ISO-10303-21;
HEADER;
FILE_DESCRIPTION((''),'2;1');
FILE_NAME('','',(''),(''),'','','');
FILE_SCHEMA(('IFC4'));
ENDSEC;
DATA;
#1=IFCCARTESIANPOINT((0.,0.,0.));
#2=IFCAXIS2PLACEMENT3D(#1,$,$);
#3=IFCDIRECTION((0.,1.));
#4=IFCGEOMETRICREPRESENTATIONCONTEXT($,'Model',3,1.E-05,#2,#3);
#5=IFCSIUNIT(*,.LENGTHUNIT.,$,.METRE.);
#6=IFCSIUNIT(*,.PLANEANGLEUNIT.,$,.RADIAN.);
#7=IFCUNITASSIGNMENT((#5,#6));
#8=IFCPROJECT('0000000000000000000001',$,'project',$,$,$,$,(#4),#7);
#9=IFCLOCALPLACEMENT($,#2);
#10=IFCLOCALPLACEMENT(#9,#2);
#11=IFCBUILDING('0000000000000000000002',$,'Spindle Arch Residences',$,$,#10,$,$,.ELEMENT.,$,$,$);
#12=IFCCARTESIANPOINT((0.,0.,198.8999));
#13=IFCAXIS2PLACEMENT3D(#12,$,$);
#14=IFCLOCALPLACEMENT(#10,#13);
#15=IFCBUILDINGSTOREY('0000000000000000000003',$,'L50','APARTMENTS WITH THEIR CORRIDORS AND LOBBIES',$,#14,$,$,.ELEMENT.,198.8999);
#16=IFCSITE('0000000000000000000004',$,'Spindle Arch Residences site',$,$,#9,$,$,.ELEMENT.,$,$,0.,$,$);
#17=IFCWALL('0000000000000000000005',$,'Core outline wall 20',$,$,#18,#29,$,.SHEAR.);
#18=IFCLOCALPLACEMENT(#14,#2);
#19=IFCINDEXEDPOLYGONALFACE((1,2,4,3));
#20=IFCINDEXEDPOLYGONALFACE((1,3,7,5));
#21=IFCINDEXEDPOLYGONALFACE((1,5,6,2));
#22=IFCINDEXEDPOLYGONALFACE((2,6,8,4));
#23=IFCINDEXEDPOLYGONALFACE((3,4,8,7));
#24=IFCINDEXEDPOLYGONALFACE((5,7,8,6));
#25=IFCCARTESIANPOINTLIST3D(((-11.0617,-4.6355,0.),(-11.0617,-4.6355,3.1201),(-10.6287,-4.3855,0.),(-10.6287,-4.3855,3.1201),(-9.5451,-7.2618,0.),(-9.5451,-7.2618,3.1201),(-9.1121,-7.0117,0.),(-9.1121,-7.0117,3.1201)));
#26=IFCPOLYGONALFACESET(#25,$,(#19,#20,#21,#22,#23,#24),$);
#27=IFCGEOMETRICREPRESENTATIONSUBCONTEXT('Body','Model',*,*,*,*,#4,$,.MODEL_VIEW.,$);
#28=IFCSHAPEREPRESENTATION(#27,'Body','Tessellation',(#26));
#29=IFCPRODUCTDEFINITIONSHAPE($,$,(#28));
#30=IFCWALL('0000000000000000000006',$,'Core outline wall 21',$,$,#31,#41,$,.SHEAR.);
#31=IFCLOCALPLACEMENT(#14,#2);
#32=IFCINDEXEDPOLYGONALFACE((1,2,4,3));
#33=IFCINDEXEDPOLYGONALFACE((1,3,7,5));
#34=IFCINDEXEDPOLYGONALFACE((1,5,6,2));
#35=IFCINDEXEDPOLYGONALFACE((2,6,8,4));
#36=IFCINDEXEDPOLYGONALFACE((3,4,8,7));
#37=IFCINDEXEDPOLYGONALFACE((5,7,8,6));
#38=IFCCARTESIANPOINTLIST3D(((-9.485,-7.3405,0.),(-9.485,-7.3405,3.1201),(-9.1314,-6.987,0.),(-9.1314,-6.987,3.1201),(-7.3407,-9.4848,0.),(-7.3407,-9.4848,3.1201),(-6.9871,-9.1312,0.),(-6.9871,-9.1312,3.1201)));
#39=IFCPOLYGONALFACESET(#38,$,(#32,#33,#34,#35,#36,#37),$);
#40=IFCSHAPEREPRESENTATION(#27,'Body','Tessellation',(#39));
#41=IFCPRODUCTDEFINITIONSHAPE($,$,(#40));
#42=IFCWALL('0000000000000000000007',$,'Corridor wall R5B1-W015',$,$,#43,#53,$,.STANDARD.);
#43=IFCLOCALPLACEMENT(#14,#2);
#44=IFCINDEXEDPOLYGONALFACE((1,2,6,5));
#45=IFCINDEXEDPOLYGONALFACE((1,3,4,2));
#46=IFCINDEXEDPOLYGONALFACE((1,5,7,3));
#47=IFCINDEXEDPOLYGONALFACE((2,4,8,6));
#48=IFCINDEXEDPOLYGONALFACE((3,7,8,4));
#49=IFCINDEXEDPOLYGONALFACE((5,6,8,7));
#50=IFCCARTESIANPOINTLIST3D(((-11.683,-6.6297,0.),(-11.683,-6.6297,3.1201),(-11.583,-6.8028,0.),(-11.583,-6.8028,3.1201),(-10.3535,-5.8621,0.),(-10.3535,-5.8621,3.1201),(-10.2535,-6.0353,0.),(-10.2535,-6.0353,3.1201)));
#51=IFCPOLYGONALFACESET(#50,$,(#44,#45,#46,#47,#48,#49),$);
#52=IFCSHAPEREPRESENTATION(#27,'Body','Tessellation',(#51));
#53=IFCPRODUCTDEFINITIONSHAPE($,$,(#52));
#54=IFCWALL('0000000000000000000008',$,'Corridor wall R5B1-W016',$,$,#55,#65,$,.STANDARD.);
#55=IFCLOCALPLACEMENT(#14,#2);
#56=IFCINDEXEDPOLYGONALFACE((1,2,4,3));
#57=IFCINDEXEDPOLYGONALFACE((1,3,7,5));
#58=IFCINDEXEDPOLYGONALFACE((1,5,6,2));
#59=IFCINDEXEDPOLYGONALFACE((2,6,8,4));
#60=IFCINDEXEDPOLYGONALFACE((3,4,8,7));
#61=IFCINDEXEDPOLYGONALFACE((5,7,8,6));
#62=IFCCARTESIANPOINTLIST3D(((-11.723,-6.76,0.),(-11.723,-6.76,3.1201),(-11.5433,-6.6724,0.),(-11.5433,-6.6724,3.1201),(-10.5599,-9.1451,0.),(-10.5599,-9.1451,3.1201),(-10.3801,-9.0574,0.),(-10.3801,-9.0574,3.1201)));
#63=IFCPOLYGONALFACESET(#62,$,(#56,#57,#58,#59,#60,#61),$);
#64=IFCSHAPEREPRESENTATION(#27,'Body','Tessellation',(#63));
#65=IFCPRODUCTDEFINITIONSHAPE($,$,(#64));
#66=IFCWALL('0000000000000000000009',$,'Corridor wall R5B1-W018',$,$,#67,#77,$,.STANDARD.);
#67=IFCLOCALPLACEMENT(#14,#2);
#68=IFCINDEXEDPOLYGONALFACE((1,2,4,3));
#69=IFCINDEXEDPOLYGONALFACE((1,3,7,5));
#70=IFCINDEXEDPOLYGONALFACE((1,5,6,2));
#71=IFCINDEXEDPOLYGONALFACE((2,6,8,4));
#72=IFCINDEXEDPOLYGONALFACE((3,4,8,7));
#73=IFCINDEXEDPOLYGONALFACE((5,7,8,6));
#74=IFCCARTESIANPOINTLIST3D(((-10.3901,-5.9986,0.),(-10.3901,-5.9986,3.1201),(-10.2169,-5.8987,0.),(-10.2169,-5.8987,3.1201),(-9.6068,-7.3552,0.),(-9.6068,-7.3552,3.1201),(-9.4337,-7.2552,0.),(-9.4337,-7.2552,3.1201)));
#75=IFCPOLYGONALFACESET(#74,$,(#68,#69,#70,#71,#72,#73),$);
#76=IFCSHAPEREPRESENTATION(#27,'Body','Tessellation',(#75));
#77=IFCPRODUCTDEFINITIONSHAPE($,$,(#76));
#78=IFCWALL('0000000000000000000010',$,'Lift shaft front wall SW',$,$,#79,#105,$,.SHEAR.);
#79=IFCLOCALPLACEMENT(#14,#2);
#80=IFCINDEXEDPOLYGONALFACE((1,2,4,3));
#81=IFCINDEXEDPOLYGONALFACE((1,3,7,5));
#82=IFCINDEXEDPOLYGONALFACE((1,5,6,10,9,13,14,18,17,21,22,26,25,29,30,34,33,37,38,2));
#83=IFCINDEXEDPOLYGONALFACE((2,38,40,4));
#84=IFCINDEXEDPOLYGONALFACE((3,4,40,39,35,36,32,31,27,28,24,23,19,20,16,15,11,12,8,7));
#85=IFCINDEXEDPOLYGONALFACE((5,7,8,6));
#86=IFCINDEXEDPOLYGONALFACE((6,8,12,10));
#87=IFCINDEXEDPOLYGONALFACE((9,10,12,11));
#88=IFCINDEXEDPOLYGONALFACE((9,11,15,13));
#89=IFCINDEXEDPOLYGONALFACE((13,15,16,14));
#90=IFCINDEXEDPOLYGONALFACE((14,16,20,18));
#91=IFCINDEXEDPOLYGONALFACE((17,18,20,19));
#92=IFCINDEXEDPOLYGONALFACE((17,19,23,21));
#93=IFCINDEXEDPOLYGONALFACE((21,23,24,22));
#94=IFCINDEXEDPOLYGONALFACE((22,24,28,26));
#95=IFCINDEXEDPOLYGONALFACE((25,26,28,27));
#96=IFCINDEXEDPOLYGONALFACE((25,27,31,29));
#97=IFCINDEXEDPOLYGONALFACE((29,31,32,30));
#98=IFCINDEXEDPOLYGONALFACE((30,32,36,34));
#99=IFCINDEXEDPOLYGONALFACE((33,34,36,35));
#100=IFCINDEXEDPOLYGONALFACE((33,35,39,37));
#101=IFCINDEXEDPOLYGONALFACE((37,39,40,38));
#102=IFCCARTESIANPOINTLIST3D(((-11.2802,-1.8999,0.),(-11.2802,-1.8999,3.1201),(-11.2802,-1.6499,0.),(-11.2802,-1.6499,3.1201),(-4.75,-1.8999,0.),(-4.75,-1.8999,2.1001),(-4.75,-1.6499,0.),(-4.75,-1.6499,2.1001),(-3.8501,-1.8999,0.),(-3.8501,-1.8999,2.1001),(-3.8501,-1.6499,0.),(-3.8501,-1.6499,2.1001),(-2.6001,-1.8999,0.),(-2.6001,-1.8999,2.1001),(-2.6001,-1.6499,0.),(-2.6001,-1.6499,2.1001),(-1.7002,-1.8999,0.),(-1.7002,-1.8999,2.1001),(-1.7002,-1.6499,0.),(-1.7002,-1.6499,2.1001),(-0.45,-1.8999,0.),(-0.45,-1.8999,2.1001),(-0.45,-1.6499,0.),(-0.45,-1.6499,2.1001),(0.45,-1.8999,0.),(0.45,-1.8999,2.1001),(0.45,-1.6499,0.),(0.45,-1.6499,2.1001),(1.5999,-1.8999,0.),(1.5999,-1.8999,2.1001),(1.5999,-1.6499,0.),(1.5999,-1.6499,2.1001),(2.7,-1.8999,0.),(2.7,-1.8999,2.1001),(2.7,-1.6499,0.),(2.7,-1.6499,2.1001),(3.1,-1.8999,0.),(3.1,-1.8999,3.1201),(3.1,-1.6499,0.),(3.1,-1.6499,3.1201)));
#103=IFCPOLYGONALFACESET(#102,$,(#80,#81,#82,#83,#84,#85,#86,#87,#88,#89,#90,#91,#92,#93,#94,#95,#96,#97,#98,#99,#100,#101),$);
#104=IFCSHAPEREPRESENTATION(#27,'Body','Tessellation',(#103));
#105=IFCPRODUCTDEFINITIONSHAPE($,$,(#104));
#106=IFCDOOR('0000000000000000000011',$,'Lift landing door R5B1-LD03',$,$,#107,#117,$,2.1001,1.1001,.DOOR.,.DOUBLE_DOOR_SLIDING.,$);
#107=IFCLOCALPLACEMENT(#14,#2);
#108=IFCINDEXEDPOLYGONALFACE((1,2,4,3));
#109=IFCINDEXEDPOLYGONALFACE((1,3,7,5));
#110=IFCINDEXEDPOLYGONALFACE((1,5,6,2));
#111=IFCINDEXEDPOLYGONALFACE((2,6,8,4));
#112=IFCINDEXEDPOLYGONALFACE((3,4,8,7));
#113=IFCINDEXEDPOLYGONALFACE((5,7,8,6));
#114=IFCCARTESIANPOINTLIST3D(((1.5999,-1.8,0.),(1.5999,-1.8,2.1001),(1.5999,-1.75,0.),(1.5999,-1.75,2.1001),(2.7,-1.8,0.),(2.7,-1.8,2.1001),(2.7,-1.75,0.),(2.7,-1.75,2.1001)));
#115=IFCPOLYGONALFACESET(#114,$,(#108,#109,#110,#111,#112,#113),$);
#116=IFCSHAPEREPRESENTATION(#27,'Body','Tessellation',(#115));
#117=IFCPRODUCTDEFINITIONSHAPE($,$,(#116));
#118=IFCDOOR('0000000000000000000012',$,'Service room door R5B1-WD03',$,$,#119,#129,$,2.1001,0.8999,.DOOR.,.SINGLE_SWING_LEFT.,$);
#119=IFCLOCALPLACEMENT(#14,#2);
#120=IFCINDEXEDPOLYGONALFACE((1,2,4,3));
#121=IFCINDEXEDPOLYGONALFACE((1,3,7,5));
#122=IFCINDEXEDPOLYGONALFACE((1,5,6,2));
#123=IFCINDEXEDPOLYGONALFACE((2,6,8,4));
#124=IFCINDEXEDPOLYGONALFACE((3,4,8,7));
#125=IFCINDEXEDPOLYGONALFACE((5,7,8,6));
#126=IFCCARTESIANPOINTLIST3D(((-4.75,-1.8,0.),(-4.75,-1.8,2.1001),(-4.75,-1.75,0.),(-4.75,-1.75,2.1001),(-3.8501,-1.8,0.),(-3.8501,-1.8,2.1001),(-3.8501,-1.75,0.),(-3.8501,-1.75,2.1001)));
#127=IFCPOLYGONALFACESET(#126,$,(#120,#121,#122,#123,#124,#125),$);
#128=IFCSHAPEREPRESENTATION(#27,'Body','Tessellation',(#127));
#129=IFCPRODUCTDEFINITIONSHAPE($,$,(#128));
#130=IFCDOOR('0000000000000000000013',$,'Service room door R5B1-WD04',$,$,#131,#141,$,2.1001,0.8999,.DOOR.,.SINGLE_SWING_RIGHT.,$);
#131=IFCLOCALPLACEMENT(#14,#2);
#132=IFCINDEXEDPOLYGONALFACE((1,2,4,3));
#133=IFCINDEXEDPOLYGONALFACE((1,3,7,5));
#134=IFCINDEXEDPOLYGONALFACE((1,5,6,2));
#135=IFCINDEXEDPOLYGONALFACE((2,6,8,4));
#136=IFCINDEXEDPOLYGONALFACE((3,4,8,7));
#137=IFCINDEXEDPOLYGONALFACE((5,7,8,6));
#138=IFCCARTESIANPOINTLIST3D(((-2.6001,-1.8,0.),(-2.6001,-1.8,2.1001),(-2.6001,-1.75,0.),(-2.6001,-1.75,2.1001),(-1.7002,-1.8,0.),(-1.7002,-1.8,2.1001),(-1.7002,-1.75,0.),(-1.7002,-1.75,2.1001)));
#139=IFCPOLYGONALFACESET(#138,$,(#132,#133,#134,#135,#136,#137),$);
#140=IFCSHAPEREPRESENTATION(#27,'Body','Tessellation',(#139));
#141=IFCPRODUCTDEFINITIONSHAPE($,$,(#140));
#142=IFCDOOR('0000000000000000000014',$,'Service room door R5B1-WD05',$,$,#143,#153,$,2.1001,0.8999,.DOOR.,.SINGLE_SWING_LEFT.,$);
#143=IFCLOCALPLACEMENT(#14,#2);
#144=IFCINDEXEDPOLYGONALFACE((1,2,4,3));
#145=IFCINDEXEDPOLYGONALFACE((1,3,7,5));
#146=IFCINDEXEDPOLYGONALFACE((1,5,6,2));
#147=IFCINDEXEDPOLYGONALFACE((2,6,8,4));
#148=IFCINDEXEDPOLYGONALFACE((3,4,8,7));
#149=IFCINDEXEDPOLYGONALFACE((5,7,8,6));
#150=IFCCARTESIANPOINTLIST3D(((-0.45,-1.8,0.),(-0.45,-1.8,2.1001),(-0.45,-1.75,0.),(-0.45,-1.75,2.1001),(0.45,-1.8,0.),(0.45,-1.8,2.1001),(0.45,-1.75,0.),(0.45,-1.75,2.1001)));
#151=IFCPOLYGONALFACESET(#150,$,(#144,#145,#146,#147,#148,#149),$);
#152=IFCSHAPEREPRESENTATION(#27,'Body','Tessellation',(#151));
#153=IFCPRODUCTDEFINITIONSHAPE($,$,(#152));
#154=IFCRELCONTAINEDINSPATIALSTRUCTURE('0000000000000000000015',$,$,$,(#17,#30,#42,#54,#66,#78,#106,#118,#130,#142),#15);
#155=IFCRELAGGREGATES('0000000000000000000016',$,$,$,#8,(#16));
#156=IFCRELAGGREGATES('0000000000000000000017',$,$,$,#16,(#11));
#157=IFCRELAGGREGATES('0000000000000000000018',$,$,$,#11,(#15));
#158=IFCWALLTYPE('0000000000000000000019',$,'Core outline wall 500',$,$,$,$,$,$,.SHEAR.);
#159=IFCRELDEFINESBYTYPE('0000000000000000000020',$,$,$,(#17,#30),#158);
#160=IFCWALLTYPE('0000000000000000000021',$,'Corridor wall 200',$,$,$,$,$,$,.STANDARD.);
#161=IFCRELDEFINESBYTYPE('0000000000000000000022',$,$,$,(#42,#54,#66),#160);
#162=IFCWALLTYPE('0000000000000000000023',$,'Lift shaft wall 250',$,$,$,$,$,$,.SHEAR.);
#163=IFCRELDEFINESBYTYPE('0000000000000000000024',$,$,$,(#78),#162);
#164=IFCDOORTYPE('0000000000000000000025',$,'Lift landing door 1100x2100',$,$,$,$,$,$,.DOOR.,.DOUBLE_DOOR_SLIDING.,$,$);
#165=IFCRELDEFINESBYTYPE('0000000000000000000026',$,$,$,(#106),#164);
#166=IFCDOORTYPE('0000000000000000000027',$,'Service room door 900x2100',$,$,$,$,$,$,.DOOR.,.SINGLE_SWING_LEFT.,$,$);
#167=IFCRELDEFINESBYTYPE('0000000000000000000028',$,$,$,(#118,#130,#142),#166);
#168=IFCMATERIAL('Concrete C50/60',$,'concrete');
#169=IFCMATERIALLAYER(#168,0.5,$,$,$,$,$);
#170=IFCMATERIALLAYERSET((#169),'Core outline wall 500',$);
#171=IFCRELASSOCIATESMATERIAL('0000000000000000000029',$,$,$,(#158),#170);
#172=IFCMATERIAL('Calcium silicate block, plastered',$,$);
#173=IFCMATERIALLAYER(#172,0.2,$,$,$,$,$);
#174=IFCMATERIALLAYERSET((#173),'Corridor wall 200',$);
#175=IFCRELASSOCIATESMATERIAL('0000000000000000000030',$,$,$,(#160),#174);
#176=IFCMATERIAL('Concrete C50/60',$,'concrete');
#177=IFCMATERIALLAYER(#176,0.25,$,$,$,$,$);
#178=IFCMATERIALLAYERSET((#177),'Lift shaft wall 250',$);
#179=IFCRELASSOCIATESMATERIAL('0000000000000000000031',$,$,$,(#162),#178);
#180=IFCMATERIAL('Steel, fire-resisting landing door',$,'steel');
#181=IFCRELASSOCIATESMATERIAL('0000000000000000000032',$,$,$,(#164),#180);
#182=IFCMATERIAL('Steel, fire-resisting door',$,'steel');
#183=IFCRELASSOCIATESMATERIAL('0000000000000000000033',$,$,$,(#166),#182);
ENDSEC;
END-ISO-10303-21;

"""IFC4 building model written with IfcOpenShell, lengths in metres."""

from ifc_helpers import new_model, si_unit, direction, frame, frame_2d, origin, place, context, subcontext, project, spatial, rectangle, extrude, material, layer, layer_set, type_object, element, fill, save


model = new_model("IFC4")

# Units and contexts
model_context = context("Model", 3, precision=1e-05, world=origin(), true_north=direction((0.0, 1.0)))
body_context = subcontext(model_context, "Body", "Model", "MODEL_VIEW")
ifc_project = project(units=[si_unit("LENGTHUNIT", "METRE"), si_unit("PLANEANGLEUNIT", "RADIAN")], contexts=[model_context])

# Site, building, storey
site_placement = place(None, origin())
site = spatial("IfcSite", under=ifc_project, at=site_placement, Name="Spindle Arch Residences site", CompositionType="ELEMENT", RefElevation=0.0)
building_placement = place(site_placement, origin())
building = spatial("IfcBuilding", under=site, at=building_placement, Name="Spindle Arch Residences", CompositionType="ELEMENT")
storey_placement = place(building_placement, frame((0.0, 0.0, 198.8999)))
storey = spatial("IfcBuildingStorey", under=building, at=storey_placement, Name="L50", Description="APARTMENTS WITH THEIR CORRIDORS AND LOBBIES", CompositionType="ELEMENT", Elevation=198.8999)

# Walls
ifc_material_1 = material(Name="Concrete C50/60", Category="concrete")
ifc_layer_1 = layer(ifc_material_1, 0.5)
ifc_layer_set_1 = layer_set([ifc_layer_1], Name="Core outline wall 500")
wall_type_1 = type_object("IfcWallType", Name="Core outline wall 500", PredefinedType="SHEAR", material=ifc_layer_set_1)
wall_1_placement = place(storey_placement, frame((-10.8452, -4.5105, 0.0), z_axis=(0.0, 0.0, 1.0), x_axis=(0.500087, -0.865975, 0.0)))
element("IfcWall", 1, at=wall_1_placement, inside=storey, type_object=wall_type_1, Name="Core outline wall 20", PredefinedType="SHEAR", context=body_context, shape_type="SweptSolid", body=[
    extrude(rectangle(XDim=3.0327, YDim=0.5, at=frame_2d((1.5164, 0.0))), origin(), (0.0, 0.0, 1.0), 3.1201),
])
wall_2_placement = place(storey_placement, frame((-9.3081, -7.1638, 0.0), z_axis=(0.0, 0.0, 1.0), x_axis=(0.707107, -0.707107, 0.0)))
element("IfcWall", 2, at=wall_2_placement, inside=storey, type_object=wall_type_1, Name="Core outline wall 21", PredefinedType="SHEAR", context=body_context, shape_type="SweptSolid", body=[
    extrude(rectangle(XDim=3.0325, YDim=0.5, at=frame_2d((1.5161, 0.0))), origin(), (0.0, 0.0, 1.0), 3.1201),
])
ifc_material_2 = material(Name="Calcium silicate block, plastered")
ifc_layer_2 = layer(ifc_material_2, 0.2)
ifc_layer_set_2 = layer_set([ifc_layer_2], Name="Corridor wall 200")
wall_type_2 = type_object("IfcWallType", Name="Corridor wall 200", PredefinedType="STANDARD", material=ifc_layer_set_2)
wall_3_placement = place(storey_placement, frame((-10.3035, -5.9487, 0.0), z_axis=(0.0, 0.0, 1.0), x_axis=(-0.866043, -0.49997, 0.0)))
element("IfcWall", 3, at=wall_3_placement, inside=storey, type_object=wall_type_2, Name="Corridor wall R5B1-W015", PredefinedType="STANDARD", context=body_context, shape_type="SweptSolid", body=[
    extrude(rectangle(XDim=1.5352, YDim=0.2, at=frame_2d((0.7676, 0.0))), origin(), (0.0, 0.0, 1.0), 3.1201),
])
wall_4_placement = place(storey_placement, frame((-11.6331, -6.7163, 0.0), z_axis=(0.0, 0.0, 1.0), x_axis=(0.438322, -0.898818, 0.0)))
element("IfcWall", 4, at=wall_4_placement, inside=storey, type_object=wall_type_2, Name="Corridor wall R5B1-W016", PredefinedType="STANDARD", context=body_context, shape_type="SweptSolid", body=[
    extrude(rectangle(XDim=2.6536, YDim=0.2, at=frame_2d((1.3267, 0.0))), origin(), (0.0, 0.0, 1.0), 3.1201),
])
wall_5_placement = place(storey_placement, frame((-9.5203, -7.3052, 0.0), z_axis=(0.0, 0.0, 1.0), x_axis=(-0.500028, 0.866009, 0.0)))
element("IfcWall", 5, at=wall_5_placement, inside=storey, type_object=wall_type_2, Name="Corridor wall R5B1-W018", PredefinedType="STANDARD", context=body_context, shape_type="SweptSolid", body=[
    extrude(rectangle(XDim=1.5664, YDim=0.2, at=frame_2d((0.7832, 0.0))), origin(), (0.0, 0.0, 1.0), 3.1201),
])

# Wall, openings, doors
ifc_material_3 = material(Name="Concrete C50/60", Category="concrete")
ifc_layer_3 = layer(ifc_material_3, 0.25)
ifc_layer_set_3 = layer_set([ifc_layer_3], Name="Lift shaft wall 250")
wall_type_3 = type_object("IfcWallType", Name="Lift shaft wall 250", PredefinedType="SHEAR", material=ifc_layer_set_3)
wall_6_placement = place(storey_placement, frame((-11.28, -1.7749, 0.0), z_axis=(0.0, 0.0, 1.0), x_axis=(1.0, 0.0, 0.0)))
wall_6 = element("IfcWall", 6, at=wall_6_placement, inside=storey, type_object=wall_type_3, Name="Lift shaft front wall SW", PredefinedType="SHEAR", context=body_context, shape_type="SweptSolid", body=[
    extrude(rectangle(XDim=14.3801, YDim=0.25, at=frame_2d((7.1899, 0.0))), origin(), (0.0, 0.0, 1.0), 3.1201),
])
opening_1_placement = place(wall_6_placement, frame((12.8799, 0.0, 0.0)))
opening_1 = element("IfcOpeningElement", 7, at=opening_1_placement, cuts=wall_6, PredefinedType="OPENING", context=body_context, shape_type="SweptSolid", body=[
    extrude(rectangle(XDim=1.1001, YDim=2.1001, at=frame_2d((0.55, 1.05))), frame((0.0, 0.135, 0.0), z_axis=(0.0, -1.0, 0.0), x_axis=(1.0, 0.0, 0.0)), (0.0, 0.0, 1.0), 0.27),
])
opening_2_placement = place(wall_6_placement, frame((6.53, 0.0, 0.0)))
opening_2 = element("IfcOpeningElement", 8, at=opening_2_placement, cuts=wall_6, PredefinedType="OPENING", context=body_context, shape_type="SweptSolid", body=[
    extrude(rectangle(XDim=0.8999, YDim=2.1001, at=frame_2d((0.45, 1.05))), frame((0.0, 0.135, 0.0), z_axis=(0.0, -1.0, 0.0), x_axis=(1.0, 0.0, 0.0)), (0.0, 0.0, 1.0), 0.27),
])
opening_3_placement = place(wall_6_placement, frame((8.6799, 0.0, 0.0)))
opening_3 = element("IfcOpeningElement", 9, at=opening_3_placement, cuts=wall_6, PredefinedType="OPENING", context=body_context, shape_type="SweptSolid", body=[
    extrude(rectangle(XDim=0.8999, YDim=2.1001, at=frame_2d((0.45, 1.05))), frame((0.0, 0.135, 0.0), z_axis=(0.0, -1.0, 0.0), x_axis=(1.0, 0.0, 0.0)), (0.0, 0.0, 1.0), 0.27),
])
opening_4_placement = place(wall_6_placement, frame((10.8301, 0.0, 0.0)))
opening_4 = element("IfcOpeningElement", 10, at=opening_4_placement, cuts=wall_6, PredefinedType="OPENING", context=body_context, shape_type="SweptSolid", body=[
    extrude(rectangle(XDim=0.8999, YDim=2.1001, at=frame_2d((0.45, 1.05))), frame((0.0, 0.135, 0.0), z_axis=(0.0, -1.0, 0.0), x_axis=(1.0, 0.0, 0.0)), (0.0, 0.0, 1.0), 0.27),
])
ifc_material_4 = material(Name="Steel, fire-resisting landing door", Category="steel")
door_type_1 = type_object("IfcDoorType", Name="Lift landing door 1100x2100", OperationType="DOUBLE_DOOR_SLIDING", PredefinedType="DOOR", material=ifc_material_4)
door_1_placement = place(opening_1_placement, origin())
door_1 = element("IfcDoor", 11, at=door_1_placement, inside=storey, type_object=door_type_1, Name="Lift landing door R5B1-LD03", OperationType="DOUBLE_DOOR_SLIDING", OverallHeight=2.1001, OverallWidth=1.1001, PredefinedType="DOOR", context=body_context, shape_type="SweptSolid", body=[
    extrude(rectangle(XDim=1.1001, YDim=2.1001, at=frame_2d((0.55, 1.05))), frame((0.0, 0.0249, 0.0), z_axis=(0.0, -1.0, 0.0), x_axis=(1.0, 0.0, 0.0)), (0.0, 0.0, 1.0), 0.05),
])
fill(opening_1, door_1)
ifc_material_5 = material(Name="Steel, fire-resisting door", Category="steel")
door_type_2 = type_object("IfcDoorType", Name="Service room door 900x2100", OperationType="SINGLE_SWING_LEFT", PredefinedType="DOOR", material=ifc_material_5)
door_2_placement = place(opening_2_placement, origin())
door_2 = element("IfcDoor", 12, at=door_2_placement, inside=storey, type_object=door_type_2, Name="Service room door R5B1-WD03", OperationType="SINGLE_SWING_LEFT", OverallHeight=2.1001, OverallWidth=0.8999, PredefinedType="DOOR", context=body_context, shape_type="SweptSolid", body=[
    extrude(rectangle(XDim=0.8999, YDim=2.1001, at=frame_2d((0.45, 1.05))), frame((0.0, 0.0249, 0.0), z_axis=(0.0, -1.0, 0.0), x_axis=(1.0, 0.0, 0.0)), (0.0, 0.0, 1.0), 0.05),
])
fill(opening_2, door_2)
door_3_placement = place(opening_3_placement, origin())
door_3 = element("IfcDoor", 13, at=door_3_placement, inside=storey, type_object=door_type_2, Name="Service room door R5B1-WD04", OperationType="SINGLE_SWING_RIGHT", OverallHeight=2.1001, OverallWidth=0.8999, PredefinedType="DOOR", context=body_context, shape_type="SweptSolid", body=[
    extrude(rectangle(XDim=0.8999, YDim=2.1001, at=frame_2d((0.45, 1.05))), frame((0.0, 0.0249, 0.0), z_axis=(0.0, -1.0, 0.0), x_axis=(1.0, 0.0, 0.0)), (0.0, 0.0, 1.0), 0.05),
])
fill(opening_3, door_3)
door_4_placement = place(opening_4_placement, origin())
door_4 = element("IfcDoor", 14, at=door_4_placement, inside=storey, type_object=door_type_2, Name="Service room door R5B1-WD05", OperationType="SINGLE_SWING_LEFT", OverallHeight=2.1001, OverallWidth=0.8999, PredefinedType="DOOR", context=body_context, shape_type="SweptSolid", body=[
    extrude(rectangle(XDim=0.8999, YDim=2.1001, at=frame_2d((0.45, 1.05))), frame((0.0, 0.0249, 0.0), z_axis=(0.0, -1.0, 0.0), x_axis=(1.0, 0.0, 0.0)), (0.0, 0.0, 1.0), 0.05),
])
fill(opening_4, door_4)

save(model, "model.ifc")
